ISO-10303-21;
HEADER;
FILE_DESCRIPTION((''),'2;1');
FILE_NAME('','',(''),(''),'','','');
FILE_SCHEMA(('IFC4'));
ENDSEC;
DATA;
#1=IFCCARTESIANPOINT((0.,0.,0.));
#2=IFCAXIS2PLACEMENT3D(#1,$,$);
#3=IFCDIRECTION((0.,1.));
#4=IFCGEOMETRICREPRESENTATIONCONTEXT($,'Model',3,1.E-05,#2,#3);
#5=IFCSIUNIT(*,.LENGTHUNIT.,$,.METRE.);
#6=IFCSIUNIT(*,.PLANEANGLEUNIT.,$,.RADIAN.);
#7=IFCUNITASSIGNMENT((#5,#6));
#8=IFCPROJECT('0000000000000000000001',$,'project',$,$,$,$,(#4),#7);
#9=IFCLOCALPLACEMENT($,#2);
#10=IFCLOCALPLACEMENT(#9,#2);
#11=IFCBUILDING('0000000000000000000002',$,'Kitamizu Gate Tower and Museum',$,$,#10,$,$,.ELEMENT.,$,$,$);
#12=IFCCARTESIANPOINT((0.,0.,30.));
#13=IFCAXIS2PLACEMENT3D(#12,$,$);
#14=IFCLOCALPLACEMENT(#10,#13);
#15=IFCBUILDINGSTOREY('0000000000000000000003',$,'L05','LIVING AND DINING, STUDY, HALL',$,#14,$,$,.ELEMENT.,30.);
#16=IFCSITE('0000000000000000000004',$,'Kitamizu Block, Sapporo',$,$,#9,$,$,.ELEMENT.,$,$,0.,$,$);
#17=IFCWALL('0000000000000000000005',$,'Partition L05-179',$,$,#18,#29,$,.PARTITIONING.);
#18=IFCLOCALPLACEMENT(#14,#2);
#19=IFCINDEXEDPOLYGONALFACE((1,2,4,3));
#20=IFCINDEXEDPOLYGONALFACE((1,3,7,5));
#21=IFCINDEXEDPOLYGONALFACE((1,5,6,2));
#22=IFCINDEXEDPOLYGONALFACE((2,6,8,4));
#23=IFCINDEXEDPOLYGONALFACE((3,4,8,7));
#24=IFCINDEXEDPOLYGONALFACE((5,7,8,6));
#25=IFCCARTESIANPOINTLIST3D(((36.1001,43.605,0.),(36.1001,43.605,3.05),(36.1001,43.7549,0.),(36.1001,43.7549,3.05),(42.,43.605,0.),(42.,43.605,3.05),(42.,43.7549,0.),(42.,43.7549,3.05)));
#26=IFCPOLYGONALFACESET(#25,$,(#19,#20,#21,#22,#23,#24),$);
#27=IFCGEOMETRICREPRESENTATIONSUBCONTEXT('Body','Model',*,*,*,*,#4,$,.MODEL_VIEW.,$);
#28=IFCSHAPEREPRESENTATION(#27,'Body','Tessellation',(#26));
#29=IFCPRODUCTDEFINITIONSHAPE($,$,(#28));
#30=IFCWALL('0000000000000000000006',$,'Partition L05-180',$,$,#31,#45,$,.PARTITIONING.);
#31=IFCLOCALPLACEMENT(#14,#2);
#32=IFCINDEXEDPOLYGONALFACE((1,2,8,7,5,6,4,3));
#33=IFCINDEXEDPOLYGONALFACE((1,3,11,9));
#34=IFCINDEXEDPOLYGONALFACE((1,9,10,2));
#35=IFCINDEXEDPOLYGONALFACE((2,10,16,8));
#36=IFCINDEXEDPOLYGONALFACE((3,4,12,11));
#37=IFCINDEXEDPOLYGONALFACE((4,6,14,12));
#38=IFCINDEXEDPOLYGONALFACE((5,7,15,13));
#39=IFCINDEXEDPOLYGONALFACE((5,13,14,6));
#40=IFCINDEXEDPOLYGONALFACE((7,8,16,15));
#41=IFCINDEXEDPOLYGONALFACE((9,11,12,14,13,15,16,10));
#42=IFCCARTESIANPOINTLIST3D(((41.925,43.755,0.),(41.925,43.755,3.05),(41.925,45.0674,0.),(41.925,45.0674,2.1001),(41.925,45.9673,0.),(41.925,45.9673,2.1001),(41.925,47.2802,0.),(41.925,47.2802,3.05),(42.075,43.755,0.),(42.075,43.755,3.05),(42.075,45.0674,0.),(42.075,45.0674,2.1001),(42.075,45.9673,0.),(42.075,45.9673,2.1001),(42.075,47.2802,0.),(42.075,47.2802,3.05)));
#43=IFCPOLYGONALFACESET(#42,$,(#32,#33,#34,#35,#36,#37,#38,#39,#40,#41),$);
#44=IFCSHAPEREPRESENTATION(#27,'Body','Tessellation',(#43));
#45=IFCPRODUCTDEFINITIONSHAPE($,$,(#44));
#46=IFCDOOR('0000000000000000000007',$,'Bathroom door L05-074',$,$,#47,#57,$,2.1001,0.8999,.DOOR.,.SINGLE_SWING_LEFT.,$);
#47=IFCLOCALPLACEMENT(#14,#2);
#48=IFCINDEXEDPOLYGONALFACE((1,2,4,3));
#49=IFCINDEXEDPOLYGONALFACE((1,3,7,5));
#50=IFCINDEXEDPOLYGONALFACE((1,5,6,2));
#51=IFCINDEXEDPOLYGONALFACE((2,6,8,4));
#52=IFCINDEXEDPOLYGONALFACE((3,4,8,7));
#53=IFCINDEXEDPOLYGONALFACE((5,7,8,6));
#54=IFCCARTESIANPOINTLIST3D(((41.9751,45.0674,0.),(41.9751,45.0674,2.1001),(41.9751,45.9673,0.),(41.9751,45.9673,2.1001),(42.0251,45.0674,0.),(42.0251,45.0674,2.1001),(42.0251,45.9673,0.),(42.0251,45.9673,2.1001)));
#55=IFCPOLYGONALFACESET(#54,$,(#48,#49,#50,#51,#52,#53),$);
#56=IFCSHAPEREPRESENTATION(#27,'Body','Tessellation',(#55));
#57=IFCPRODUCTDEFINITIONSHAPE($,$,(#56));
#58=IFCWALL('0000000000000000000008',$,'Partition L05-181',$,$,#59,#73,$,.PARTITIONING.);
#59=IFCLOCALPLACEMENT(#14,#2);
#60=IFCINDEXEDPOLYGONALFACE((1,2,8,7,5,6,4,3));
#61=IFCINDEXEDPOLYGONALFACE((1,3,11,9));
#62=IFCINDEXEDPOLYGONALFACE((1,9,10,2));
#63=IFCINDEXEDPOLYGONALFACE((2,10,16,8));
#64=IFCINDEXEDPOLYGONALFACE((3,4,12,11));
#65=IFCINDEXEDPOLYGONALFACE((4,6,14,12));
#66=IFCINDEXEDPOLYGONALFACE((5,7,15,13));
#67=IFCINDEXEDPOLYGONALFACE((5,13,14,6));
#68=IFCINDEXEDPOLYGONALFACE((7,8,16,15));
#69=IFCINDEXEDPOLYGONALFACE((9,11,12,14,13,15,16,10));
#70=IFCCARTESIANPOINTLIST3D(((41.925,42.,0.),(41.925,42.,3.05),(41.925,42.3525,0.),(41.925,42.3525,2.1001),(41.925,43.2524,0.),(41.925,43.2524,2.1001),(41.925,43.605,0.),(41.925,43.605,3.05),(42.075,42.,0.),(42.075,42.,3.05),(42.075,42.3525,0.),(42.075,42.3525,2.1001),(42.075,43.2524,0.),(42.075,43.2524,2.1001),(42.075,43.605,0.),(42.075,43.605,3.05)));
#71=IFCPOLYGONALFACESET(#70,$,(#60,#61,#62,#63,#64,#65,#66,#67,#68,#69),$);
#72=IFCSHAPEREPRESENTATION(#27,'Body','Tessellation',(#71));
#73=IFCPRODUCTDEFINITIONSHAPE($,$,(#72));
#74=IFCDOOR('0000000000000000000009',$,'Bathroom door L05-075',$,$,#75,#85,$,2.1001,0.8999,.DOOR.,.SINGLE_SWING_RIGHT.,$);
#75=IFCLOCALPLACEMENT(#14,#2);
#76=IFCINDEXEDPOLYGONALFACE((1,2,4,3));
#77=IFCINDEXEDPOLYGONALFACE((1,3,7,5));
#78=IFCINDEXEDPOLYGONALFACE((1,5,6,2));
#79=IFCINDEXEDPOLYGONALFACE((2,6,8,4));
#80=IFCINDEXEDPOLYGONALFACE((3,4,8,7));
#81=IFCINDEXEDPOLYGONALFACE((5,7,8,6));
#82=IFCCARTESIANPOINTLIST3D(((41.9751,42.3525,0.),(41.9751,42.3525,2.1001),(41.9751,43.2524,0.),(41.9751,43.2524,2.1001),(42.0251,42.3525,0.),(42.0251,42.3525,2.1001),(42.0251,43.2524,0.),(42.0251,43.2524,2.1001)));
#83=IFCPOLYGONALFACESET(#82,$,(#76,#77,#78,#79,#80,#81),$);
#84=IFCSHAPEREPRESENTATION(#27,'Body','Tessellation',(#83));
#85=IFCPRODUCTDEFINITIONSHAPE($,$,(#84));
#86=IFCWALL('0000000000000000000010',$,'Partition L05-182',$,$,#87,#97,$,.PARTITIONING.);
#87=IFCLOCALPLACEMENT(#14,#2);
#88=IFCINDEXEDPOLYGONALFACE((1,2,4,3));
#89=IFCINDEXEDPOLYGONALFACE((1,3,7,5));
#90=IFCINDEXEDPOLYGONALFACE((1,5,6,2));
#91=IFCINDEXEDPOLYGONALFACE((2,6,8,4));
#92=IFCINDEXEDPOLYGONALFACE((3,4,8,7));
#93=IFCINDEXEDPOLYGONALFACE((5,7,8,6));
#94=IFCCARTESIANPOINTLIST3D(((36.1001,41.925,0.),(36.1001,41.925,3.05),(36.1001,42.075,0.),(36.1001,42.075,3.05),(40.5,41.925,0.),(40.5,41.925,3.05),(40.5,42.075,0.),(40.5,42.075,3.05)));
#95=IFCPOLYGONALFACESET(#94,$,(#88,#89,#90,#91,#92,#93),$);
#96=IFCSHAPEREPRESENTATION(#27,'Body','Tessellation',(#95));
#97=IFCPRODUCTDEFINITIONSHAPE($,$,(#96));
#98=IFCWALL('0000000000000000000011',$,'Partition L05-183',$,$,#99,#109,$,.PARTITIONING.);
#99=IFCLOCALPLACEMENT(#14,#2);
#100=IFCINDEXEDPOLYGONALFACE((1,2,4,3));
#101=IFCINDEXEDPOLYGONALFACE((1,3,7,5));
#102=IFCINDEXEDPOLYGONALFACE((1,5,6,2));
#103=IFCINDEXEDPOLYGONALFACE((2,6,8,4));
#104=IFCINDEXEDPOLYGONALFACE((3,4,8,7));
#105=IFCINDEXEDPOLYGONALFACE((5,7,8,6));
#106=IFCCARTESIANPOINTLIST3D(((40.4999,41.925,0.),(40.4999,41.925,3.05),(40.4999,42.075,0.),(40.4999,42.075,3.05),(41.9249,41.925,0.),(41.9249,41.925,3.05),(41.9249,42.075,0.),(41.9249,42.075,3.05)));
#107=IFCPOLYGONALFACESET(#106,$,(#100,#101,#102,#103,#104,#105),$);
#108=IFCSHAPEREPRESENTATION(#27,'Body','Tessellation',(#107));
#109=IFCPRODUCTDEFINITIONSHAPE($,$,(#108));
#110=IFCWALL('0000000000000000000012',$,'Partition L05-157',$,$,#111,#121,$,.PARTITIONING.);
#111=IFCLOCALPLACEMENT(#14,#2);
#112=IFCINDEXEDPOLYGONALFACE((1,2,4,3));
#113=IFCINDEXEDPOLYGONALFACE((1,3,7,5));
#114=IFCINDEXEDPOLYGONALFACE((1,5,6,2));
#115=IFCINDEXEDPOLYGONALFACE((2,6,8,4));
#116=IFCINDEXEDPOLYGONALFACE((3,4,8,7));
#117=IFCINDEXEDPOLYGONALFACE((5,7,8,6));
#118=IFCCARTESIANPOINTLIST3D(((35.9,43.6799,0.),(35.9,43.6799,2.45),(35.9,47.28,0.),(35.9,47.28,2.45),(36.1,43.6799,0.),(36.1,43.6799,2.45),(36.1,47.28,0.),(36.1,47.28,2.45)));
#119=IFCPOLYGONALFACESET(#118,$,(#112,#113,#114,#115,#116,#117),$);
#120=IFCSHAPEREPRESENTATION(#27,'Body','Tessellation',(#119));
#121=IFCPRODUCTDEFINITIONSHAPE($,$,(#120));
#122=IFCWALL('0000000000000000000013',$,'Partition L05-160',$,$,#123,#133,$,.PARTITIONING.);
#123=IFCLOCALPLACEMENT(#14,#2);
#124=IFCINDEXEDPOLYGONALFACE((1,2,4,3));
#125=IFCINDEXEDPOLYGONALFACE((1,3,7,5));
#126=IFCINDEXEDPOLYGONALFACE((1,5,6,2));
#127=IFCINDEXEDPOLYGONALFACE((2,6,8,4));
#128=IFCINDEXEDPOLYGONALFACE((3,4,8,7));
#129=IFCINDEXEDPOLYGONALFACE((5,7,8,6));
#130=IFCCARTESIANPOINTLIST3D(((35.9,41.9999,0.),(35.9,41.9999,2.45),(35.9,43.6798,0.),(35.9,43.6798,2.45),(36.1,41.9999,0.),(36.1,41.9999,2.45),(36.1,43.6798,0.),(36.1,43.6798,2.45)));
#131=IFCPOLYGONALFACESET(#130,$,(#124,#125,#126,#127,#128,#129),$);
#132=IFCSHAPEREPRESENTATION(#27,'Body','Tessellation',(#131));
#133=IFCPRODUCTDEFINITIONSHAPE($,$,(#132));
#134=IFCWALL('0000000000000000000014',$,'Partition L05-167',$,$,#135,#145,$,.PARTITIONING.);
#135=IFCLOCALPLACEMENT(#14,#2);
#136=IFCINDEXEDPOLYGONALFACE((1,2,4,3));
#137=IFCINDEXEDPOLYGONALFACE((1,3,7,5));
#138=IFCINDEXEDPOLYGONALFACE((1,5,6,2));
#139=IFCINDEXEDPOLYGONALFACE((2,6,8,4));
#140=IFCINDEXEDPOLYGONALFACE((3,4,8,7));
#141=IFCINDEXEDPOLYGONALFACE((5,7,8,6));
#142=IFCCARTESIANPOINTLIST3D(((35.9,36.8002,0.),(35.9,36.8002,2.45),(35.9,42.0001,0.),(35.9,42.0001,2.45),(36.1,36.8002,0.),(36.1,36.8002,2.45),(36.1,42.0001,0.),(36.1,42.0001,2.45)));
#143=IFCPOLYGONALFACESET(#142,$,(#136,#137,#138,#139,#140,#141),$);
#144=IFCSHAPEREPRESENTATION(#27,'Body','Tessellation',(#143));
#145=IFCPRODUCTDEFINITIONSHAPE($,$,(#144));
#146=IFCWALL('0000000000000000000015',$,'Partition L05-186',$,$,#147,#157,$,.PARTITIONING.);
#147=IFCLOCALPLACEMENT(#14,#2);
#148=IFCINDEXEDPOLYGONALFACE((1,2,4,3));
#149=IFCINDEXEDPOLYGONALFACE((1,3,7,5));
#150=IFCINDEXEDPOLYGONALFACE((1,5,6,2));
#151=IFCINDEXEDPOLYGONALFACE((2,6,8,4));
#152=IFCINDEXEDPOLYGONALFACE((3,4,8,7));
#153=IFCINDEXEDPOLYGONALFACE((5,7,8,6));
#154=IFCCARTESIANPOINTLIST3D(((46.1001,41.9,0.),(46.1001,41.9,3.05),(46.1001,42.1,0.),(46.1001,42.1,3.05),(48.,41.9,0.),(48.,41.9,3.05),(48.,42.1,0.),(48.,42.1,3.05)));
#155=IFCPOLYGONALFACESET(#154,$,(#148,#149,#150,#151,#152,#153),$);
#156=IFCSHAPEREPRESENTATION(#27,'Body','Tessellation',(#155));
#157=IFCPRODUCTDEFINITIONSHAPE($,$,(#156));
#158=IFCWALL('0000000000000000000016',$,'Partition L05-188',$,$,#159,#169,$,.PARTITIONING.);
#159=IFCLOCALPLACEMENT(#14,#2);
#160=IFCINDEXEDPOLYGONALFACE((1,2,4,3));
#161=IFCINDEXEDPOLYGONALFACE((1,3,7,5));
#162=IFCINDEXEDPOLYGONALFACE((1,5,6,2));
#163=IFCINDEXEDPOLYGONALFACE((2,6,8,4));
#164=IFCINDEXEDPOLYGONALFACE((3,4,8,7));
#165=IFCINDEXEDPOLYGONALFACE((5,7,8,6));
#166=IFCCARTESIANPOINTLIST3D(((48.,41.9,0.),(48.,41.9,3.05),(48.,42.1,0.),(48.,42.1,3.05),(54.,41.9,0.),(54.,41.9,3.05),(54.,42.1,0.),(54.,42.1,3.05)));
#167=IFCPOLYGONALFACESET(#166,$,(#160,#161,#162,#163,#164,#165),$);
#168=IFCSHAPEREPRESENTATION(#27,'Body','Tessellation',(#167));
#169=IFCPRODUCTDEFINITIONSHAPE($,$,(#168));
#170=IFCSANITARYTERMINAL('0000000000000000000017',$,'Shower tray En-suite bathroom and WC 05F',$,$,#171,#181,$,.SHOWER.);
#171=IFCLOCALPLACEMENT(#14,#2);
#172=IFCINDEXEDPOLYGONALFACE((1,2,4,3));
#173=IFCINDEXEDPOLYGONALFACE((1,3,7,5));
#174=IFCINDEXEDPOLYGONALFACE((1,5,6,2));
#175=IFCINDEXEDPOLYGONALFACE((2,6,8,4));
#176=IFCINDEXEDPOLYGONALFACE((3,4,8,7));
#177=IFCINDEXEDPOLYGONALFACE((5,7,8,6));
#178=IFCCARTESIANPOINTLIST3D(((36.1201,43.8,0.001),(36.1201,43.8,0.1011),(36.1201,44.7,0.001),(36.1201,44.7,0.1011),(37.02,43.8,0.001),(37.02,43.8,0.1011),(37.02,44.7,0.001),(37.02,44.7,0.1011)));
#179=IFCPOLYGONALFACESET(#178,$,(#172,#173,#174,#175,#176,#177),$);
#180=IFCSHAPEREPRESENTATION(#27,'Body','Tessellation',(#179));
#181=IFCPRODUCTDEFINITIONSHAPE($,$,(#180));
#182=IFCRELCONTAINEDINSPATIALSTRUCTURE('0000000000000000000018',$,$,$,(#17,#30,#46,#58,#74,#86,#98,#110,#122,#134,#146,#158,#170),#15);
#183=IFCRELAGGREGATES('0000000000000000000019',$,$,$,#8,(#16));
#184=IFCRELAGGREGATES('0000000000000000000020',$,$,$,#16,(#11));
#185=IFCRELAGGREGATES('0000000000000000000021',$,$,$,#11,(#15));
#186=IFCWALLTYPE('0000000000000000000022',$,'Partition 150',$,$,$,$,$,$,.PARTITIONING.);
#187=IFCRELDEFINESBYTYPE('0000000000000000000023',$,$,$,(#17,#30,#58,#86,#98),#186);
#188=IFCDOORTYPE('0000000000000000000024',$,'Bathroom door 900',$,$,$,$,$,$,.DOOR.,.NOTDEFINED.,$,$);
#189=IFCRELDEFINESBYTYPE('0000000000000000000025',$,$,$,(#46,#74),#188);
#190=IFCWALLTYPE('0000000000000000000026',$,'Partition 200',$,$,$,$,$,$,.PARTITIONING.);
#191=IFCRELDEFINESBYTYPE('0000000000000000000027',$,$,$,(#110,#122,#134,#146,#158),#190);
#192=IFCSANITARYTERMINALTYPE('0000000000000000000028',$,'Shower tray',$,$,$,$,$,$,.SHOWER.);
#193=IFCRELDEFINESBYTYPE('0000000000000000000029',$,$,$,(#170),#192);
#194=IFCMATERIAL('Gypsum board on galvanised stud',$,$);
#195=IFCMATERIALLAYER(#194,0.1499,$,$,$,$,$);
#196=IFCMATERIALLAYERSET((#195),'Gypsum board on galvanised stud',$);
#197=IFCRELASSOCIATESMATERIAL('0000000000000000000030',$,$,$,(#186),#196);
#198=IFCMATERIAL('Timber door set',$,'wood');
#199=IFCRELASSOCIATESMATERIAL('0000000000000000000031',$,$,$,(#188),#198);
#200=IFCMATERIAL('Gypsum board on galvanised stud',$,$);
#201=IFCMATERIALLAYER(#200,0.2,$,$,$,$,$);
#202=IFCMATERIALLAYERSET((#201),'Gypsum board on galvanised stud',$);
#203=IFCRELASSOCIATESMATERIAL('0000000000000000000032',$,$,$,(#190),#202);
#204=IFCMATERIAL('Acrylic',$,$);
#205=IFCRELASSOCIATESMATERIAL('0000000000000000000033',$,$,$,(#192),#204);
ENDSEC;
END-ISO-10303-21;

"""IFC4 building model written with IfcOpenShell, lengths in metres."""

from ifc_helpers import new_model, si_unit, direction, frame, frame_2d, origin, origin_2d, place, context, subcontext, project, spatial, rectangle, extrude, material, layer, layer_set, type_object, element, fill, save


model = new_model("IFC4")

# Units and contexts
model_context = context("Model", 3, precision=1e-05, world=origin(), true_north=direction((0.0, 1.0)))
body_context = subcontext(model_context, "Body", "Model", "MODEL_VIEW")
ifc_project = project(units=[si_unit("LENGTHUNIT", "METRE"), si_unit("PLANEANGLEUNIT", "RADIAN")], contexts=[model_context])

# Site, building, storey
site_placement = place(None, origin())
site = spatial("IfcSite", under=ifc_project, at=site_placement, Name="Kitamizu Block, Sapporo", CompositionType="ELEMENT", RefElevation=0.0)
building_placement = place(site_placement, origin())
building = spatial("IfcBuilding", under=site, at=building_placement, Name="Kitamizu Gate Tower and Museum", CompositionType="ELEMENT")
storey_placement = place(building_placement, frame((0.0, 0.0, 30.0)))
storey = spatial("IfcBuildingStorey", under=building, at=storey_placement, Name="L05", Description="LIVING AND DINING, STUDY, HALL", CompositionType="ELEMENT", Elevation=30.0)

# Wall
ifc_material_1 = material(Name="Gypsum board on galvanised stud")
ifc_layer_1 = layer(ifc_material_1, 0.1499)
ifc_layer_set_1 = layer_set([ifc_layer_1], Name="Gypsum board on galvanised stud")
wall_type_1 = type_object("IfcWallType", Name="Partition 150", PredefinedType="PARTITIONING", material=ifc_layer_set_1)
wall_1_placement = place(storey_placement, frame((36.1001, 43.6799, 0.0), z_axis=(0.0, 0.0, 1.0), x_axis=(1.0, 0.0, 0.0)))
element("IfcWall", 1, at=wall_1_placement, inside=storey, type_object=wall_type_1, Name="Partition L05-179", PredefinedType="PARTITIONING", context=body_context, shape_type="SweptSolid", body=[
    extrude(rectangle(XDim=5.8999, YDim=0.1499, at=frame_2d((2.95, 0.0))), origin(), (0.0, 0.0, 1.0), 3.05),
])

# Walls, openings, doors
wall_2_placement = place(storey_placement, frame((42.0, 43.7549, 0.0), z_axis=(0.0, 0.0, 1.0), x_axis=(0.0, 1.0, 0.0)))
wall_2 = element("IfcWall", 2, at=wall_2_placement, inside=storey, type_object=wall_type_1, Name="Partition L05-180", PredefinedType="PARTITIONING", context=body_context, shape_type="SweptSolid", body=[
    extrude(rectangle(XDim=3.5251, YDim=0.1499, at=frame_2d((1.7627, 0.0))), origin(), (0.0, 0.0, 1.0), 3.05),
])
opening_1_placement = place(wall_2_placement, frame((1.3125, 0.0, 0.0)))
opening_1 = element("IfcOpeningElement", 3, at=opening_1_placement, cuts=wall_2, PredefinedType="OPENING", context=body_context, shape_type="SweptSolid", body=[
    extrude(rectangle(XDim=0.8999, YDim=2.1001, at=frame_2d((0.45, 1.05))), frame((0.0, 0.085, 0.0), z_axis=(0.0, -1.0, 0.0), x_axis=(1.0, 0.0, 0.0)), (0.0, 0.0, 1.0), 0.1699),
])
ifc_material_2 = material(Name="Timber door set", Category="wood")
door_type_1 = type_object("IfcDoorType", Name="Bathroom door 900", OperationType="NOTDEFINED", PredefinedType="DOOR", material=ifc_material_2)
door_1_placement = place(opening_1_placement, origin())
door_1 = element("IfcDoor", 4, at=door_1_placement, inside=storey, type_object=door_type_1, Name="Bathroom door L05-074", OperationType="SINGLE_SWING_LEFT", OverallHeight=2.1001, OverallWidth=0.8999, PredefinedType="DOOR", context=body_context, shape_type="SweptSolid", body=[
    extrude(rectangle(XDim=0.8999, YDim=2.1001, at=frame_2d((0.45, 1.05))), frame((0.0, 0.0249, 0.0), z_axis=(0.0, -1.0, 0.0), x_axis=(1.0, 0.0, 0.0)), (0.0, 0.0, 1.0), 0.05),
])
fill(opening_1, door_1)
wall_3_placement = place(storey_placement, frame((42.0, 42.0, 0.0), z_axis=(0.0, 0.0, 1.0), x_axis=(0.0, 1.0, 0.0)))
wall_3 = element("IfcWall", 5, at=wall_3_placement, inside=storey, type_object=wall_type_1, Name="Partition L05-181", PredefinedType="PARTITIONING", context=body_context, shape_type="SweptSolid", body=[
    extrude(rectangle(XDim=1.605, YDim=0.1499, at=frame_2d((0.8025, 0.0))), origin(), (0.0, 0.0, 1.0), 3.05),
])
opening_2_placement = place(wall_3_placement, frame((0.3525, 0.0, 0.0)))
opening_2 = element("IfcOpeningElement", 6, at=opening_2_placement, cuts=wall_3, PredefinedType="OPENING", context=body_context, shape_type="SweptSolid", body=[
    extrude(rectangle(XDim=0.8999, YDim=2.1001, at=frame_2d((0.45, 1.05))), frame((0.0, 0.085, 0.0), z_axis=(0.0, -1.0, 0.0), x_axis=(1.0, 0.0, 0.0)), (0.0, 0.0, 1.0), 0.1699),
])
door_2_placement = place(opening_2_placement, origin())
door_2 = element("IfcDoor", 7, at=door_2_placement, inside=storey, type_object=door_type_1, Name="Bathroom door L05-075", OperationType="SINGLE_SWING_RIGHT", OverallHeight=2.1001, OverallWidth=0.8999, PredefinedType="DOOR", context=body_context, shape_type="SweptSolid", body=[
    extrude(rectangle(XDim=0.8999, YDim=2.1001, at=frame_2d((0.45, 1.05))), frame((0.0, 0.0249, 0.0), z_axis=(0.0, -1.0, 0.0), x_axis=(1.0, 0.0, 0.0)), (0.0, 0.0, 1.0), 0.05),
])
fill(opening_2, door_2)

# Walls
wall_4_placement = place(storey_placement, frame((36.1001, 42.0, 0.0), z_axis=(0.0, 0.0, 1.0), x_axis=(1.0, 0.0, 0.0)))
element("IfcWall", 8, at=wall_4_placement, inside=storey, type_object=wall_type_1, Name="Partition L05-182", PredefinedType="PARTITIONING", context=body_context, shape_type="SweptSolid", body=[
    extrude(rectangle(XDim=4.3999, YDim=0.1499, at=frame_2d((2.2, 0.0))), origin(), (0.0, 0.0, 1.0), 3.05),
])
wall_5_placement = place(storey_placement, frame((40.5, 42.0, 0.0), z_axis=(0.0, 0.0, 1.0), x_axis=(1.0, 0.0, 0.0)))
element("IfcWall", 9, at=wall_5_placement, inside=storey, type_object=wall_type_1, Name="Partition L05-183", PredefinedType="PARTITIONING", context=body_context, shape_type="SweptSolid", body=[
    extrude(rectangle(XDim=1.425, YDim=0.1499, at=frame_2d((0.7124, 0.0))), origin(), (0.0, 0.0, 1.0), 3.05),
])
ifc_material_3 = material(Name="Gypsum board on galvanised stud")
ifc_layer_2 = layer(ifc_material_3, 0.2)
ifc_layer_set_2 = layer_set([ifc_layer_2], Name="Gypsum board on galvanised stud")
wall_type_2 = type_object("IfcWallType", Name="Partition 200", PredefinedType="PARTITIONING", material=ifc_layer_set_2)
wall_6_placement = place(storey_placement, frame((36.0, 43.6799, 0.0), z_axis=(0.0, 0.0, 1.0), x_axis=(0.0, 1.0, 0.0)))
element("IfcWall", 10, at=wall_6_placement, inside=storey, type_object=wall_type_2, Name="Partition L05-157", PredefinedType="PARTITIONING", context=body_context, shape_type="SweptSolid", body=[
    extrude(rectangle(XDim=3.6001, YDim=0.2, at=frame_2d((1.8, 0.0))), origin(), (0.0, 0.0, 1.0), 2.45),
])
wall_7_placement = place(storey_placement, frame((36.0, 42.0, 0.0), z_axis=(0.0, 0.0, 1.0), x_axis=(0.0, 1.0, 0.0)))
element("IfcWall", 11, at=wall_7_placement, inside=storey, type_object=wall_type_2, Name="Partition L05-160", PredefinedType="PARTITIONING", context=body_context, shape_type="SweptSolid", body=[
    extrude(rectangle(XDim=1.6799, YDim=0.2, at=frame_2d((0.8398, 0.0))), origin(), (0.0, 0.0, 1.0), 2.45),
])
wall_8_placement = place(storey_placement, frame((36.0, 36.8, 0.0), z_axis=(0.0, 0.0, 1.0), x_axis=(0.0, 1.0, 0.0)))
element("IfcWall", 12, at=wall_8_placement, inside=storey, type_object=wall_type_2, Name="Partition L05-167", PredefinedType="PARTITIONING", context=body_context, shape_type="SweptSolid", body=[
    extrude(rectangle(XDim=5.2, YDim=0.2, at=frame_2d((2.6001, 0.0))), origin(), (0.0, 0.0, 1.0), 2.45),
])
wall_9_placement = place(storey_placement, frame((46.1001, 42.0, 0.0), z_axis=(0.0, 0.0, 1.0), x_axis=(1.0, 0.0, 0.0)))
element("IfcWall", 13, at=wall_9_placement, inside=storey, type_object=wall_type_2, Name="Partition L05-186", PredefinedType="PARTITIONING", context=body_context, shape_type="SweptSolid", body=[
    extrude(rectangle(XDim=1.8999, YDim=0.2, at=frame_2d((0.95, 0.0))), origin(), (0.0, 0.0, 1.0), 3.05),
])
wall_10_placement = place(storey_placement, frame((48.0, 42.0, 0.0), z_axis=(0.0, 0.0, 1.0), x_axis=(1.0, 0.0, 0.0)))
element("IfcWall", 14, at=wall_10_placement, inside=storey, type_object=wall_type_2, Name="Partition L05-188", PredefinedType="PARTITIONING", context=body_context, shape_type="SweptSolid", body=[
    extrude(rectangle(XDim=6.0, YDim=0.2, at=frame_2d((3.0, 0.0))), origin(), (0.0, 0.0, 1.0), 3.05),
])

# Sanitary terminal
ifc_material_4 = material(Name="Acrylic")
sanitary_terminal_type_1 = type_object("IfcSanitaryTerminalType", Name="Shower tray", PredefinedType="SHOWER", material=ifc_material_4)
sanitary_terminal_1_placement = place(storey_placement, frame((36.5701, 44.25, 0.001), z_axis=(0.0, 0.0, 1.0), x_axis=(1.0, 0.0, 0.0)))
element("IfcSanitaryTerminal", 15, at=sanitary_terminal_1_placement, inside=storey, type_object=sanitary_terminal_type_1, Name="Shower tray En-suite bathroom and WC 05F", PredefinedType="SHOWER", context=body_context, shape_type="SweptSolid", body=[
    extrude(rectangle(XDim=0.8999, YDim=0.8999, at=origin_2d()), origin(), (0.0, 0.0, 1.0), 0.1001),
])

save(model, "model.ifc")
